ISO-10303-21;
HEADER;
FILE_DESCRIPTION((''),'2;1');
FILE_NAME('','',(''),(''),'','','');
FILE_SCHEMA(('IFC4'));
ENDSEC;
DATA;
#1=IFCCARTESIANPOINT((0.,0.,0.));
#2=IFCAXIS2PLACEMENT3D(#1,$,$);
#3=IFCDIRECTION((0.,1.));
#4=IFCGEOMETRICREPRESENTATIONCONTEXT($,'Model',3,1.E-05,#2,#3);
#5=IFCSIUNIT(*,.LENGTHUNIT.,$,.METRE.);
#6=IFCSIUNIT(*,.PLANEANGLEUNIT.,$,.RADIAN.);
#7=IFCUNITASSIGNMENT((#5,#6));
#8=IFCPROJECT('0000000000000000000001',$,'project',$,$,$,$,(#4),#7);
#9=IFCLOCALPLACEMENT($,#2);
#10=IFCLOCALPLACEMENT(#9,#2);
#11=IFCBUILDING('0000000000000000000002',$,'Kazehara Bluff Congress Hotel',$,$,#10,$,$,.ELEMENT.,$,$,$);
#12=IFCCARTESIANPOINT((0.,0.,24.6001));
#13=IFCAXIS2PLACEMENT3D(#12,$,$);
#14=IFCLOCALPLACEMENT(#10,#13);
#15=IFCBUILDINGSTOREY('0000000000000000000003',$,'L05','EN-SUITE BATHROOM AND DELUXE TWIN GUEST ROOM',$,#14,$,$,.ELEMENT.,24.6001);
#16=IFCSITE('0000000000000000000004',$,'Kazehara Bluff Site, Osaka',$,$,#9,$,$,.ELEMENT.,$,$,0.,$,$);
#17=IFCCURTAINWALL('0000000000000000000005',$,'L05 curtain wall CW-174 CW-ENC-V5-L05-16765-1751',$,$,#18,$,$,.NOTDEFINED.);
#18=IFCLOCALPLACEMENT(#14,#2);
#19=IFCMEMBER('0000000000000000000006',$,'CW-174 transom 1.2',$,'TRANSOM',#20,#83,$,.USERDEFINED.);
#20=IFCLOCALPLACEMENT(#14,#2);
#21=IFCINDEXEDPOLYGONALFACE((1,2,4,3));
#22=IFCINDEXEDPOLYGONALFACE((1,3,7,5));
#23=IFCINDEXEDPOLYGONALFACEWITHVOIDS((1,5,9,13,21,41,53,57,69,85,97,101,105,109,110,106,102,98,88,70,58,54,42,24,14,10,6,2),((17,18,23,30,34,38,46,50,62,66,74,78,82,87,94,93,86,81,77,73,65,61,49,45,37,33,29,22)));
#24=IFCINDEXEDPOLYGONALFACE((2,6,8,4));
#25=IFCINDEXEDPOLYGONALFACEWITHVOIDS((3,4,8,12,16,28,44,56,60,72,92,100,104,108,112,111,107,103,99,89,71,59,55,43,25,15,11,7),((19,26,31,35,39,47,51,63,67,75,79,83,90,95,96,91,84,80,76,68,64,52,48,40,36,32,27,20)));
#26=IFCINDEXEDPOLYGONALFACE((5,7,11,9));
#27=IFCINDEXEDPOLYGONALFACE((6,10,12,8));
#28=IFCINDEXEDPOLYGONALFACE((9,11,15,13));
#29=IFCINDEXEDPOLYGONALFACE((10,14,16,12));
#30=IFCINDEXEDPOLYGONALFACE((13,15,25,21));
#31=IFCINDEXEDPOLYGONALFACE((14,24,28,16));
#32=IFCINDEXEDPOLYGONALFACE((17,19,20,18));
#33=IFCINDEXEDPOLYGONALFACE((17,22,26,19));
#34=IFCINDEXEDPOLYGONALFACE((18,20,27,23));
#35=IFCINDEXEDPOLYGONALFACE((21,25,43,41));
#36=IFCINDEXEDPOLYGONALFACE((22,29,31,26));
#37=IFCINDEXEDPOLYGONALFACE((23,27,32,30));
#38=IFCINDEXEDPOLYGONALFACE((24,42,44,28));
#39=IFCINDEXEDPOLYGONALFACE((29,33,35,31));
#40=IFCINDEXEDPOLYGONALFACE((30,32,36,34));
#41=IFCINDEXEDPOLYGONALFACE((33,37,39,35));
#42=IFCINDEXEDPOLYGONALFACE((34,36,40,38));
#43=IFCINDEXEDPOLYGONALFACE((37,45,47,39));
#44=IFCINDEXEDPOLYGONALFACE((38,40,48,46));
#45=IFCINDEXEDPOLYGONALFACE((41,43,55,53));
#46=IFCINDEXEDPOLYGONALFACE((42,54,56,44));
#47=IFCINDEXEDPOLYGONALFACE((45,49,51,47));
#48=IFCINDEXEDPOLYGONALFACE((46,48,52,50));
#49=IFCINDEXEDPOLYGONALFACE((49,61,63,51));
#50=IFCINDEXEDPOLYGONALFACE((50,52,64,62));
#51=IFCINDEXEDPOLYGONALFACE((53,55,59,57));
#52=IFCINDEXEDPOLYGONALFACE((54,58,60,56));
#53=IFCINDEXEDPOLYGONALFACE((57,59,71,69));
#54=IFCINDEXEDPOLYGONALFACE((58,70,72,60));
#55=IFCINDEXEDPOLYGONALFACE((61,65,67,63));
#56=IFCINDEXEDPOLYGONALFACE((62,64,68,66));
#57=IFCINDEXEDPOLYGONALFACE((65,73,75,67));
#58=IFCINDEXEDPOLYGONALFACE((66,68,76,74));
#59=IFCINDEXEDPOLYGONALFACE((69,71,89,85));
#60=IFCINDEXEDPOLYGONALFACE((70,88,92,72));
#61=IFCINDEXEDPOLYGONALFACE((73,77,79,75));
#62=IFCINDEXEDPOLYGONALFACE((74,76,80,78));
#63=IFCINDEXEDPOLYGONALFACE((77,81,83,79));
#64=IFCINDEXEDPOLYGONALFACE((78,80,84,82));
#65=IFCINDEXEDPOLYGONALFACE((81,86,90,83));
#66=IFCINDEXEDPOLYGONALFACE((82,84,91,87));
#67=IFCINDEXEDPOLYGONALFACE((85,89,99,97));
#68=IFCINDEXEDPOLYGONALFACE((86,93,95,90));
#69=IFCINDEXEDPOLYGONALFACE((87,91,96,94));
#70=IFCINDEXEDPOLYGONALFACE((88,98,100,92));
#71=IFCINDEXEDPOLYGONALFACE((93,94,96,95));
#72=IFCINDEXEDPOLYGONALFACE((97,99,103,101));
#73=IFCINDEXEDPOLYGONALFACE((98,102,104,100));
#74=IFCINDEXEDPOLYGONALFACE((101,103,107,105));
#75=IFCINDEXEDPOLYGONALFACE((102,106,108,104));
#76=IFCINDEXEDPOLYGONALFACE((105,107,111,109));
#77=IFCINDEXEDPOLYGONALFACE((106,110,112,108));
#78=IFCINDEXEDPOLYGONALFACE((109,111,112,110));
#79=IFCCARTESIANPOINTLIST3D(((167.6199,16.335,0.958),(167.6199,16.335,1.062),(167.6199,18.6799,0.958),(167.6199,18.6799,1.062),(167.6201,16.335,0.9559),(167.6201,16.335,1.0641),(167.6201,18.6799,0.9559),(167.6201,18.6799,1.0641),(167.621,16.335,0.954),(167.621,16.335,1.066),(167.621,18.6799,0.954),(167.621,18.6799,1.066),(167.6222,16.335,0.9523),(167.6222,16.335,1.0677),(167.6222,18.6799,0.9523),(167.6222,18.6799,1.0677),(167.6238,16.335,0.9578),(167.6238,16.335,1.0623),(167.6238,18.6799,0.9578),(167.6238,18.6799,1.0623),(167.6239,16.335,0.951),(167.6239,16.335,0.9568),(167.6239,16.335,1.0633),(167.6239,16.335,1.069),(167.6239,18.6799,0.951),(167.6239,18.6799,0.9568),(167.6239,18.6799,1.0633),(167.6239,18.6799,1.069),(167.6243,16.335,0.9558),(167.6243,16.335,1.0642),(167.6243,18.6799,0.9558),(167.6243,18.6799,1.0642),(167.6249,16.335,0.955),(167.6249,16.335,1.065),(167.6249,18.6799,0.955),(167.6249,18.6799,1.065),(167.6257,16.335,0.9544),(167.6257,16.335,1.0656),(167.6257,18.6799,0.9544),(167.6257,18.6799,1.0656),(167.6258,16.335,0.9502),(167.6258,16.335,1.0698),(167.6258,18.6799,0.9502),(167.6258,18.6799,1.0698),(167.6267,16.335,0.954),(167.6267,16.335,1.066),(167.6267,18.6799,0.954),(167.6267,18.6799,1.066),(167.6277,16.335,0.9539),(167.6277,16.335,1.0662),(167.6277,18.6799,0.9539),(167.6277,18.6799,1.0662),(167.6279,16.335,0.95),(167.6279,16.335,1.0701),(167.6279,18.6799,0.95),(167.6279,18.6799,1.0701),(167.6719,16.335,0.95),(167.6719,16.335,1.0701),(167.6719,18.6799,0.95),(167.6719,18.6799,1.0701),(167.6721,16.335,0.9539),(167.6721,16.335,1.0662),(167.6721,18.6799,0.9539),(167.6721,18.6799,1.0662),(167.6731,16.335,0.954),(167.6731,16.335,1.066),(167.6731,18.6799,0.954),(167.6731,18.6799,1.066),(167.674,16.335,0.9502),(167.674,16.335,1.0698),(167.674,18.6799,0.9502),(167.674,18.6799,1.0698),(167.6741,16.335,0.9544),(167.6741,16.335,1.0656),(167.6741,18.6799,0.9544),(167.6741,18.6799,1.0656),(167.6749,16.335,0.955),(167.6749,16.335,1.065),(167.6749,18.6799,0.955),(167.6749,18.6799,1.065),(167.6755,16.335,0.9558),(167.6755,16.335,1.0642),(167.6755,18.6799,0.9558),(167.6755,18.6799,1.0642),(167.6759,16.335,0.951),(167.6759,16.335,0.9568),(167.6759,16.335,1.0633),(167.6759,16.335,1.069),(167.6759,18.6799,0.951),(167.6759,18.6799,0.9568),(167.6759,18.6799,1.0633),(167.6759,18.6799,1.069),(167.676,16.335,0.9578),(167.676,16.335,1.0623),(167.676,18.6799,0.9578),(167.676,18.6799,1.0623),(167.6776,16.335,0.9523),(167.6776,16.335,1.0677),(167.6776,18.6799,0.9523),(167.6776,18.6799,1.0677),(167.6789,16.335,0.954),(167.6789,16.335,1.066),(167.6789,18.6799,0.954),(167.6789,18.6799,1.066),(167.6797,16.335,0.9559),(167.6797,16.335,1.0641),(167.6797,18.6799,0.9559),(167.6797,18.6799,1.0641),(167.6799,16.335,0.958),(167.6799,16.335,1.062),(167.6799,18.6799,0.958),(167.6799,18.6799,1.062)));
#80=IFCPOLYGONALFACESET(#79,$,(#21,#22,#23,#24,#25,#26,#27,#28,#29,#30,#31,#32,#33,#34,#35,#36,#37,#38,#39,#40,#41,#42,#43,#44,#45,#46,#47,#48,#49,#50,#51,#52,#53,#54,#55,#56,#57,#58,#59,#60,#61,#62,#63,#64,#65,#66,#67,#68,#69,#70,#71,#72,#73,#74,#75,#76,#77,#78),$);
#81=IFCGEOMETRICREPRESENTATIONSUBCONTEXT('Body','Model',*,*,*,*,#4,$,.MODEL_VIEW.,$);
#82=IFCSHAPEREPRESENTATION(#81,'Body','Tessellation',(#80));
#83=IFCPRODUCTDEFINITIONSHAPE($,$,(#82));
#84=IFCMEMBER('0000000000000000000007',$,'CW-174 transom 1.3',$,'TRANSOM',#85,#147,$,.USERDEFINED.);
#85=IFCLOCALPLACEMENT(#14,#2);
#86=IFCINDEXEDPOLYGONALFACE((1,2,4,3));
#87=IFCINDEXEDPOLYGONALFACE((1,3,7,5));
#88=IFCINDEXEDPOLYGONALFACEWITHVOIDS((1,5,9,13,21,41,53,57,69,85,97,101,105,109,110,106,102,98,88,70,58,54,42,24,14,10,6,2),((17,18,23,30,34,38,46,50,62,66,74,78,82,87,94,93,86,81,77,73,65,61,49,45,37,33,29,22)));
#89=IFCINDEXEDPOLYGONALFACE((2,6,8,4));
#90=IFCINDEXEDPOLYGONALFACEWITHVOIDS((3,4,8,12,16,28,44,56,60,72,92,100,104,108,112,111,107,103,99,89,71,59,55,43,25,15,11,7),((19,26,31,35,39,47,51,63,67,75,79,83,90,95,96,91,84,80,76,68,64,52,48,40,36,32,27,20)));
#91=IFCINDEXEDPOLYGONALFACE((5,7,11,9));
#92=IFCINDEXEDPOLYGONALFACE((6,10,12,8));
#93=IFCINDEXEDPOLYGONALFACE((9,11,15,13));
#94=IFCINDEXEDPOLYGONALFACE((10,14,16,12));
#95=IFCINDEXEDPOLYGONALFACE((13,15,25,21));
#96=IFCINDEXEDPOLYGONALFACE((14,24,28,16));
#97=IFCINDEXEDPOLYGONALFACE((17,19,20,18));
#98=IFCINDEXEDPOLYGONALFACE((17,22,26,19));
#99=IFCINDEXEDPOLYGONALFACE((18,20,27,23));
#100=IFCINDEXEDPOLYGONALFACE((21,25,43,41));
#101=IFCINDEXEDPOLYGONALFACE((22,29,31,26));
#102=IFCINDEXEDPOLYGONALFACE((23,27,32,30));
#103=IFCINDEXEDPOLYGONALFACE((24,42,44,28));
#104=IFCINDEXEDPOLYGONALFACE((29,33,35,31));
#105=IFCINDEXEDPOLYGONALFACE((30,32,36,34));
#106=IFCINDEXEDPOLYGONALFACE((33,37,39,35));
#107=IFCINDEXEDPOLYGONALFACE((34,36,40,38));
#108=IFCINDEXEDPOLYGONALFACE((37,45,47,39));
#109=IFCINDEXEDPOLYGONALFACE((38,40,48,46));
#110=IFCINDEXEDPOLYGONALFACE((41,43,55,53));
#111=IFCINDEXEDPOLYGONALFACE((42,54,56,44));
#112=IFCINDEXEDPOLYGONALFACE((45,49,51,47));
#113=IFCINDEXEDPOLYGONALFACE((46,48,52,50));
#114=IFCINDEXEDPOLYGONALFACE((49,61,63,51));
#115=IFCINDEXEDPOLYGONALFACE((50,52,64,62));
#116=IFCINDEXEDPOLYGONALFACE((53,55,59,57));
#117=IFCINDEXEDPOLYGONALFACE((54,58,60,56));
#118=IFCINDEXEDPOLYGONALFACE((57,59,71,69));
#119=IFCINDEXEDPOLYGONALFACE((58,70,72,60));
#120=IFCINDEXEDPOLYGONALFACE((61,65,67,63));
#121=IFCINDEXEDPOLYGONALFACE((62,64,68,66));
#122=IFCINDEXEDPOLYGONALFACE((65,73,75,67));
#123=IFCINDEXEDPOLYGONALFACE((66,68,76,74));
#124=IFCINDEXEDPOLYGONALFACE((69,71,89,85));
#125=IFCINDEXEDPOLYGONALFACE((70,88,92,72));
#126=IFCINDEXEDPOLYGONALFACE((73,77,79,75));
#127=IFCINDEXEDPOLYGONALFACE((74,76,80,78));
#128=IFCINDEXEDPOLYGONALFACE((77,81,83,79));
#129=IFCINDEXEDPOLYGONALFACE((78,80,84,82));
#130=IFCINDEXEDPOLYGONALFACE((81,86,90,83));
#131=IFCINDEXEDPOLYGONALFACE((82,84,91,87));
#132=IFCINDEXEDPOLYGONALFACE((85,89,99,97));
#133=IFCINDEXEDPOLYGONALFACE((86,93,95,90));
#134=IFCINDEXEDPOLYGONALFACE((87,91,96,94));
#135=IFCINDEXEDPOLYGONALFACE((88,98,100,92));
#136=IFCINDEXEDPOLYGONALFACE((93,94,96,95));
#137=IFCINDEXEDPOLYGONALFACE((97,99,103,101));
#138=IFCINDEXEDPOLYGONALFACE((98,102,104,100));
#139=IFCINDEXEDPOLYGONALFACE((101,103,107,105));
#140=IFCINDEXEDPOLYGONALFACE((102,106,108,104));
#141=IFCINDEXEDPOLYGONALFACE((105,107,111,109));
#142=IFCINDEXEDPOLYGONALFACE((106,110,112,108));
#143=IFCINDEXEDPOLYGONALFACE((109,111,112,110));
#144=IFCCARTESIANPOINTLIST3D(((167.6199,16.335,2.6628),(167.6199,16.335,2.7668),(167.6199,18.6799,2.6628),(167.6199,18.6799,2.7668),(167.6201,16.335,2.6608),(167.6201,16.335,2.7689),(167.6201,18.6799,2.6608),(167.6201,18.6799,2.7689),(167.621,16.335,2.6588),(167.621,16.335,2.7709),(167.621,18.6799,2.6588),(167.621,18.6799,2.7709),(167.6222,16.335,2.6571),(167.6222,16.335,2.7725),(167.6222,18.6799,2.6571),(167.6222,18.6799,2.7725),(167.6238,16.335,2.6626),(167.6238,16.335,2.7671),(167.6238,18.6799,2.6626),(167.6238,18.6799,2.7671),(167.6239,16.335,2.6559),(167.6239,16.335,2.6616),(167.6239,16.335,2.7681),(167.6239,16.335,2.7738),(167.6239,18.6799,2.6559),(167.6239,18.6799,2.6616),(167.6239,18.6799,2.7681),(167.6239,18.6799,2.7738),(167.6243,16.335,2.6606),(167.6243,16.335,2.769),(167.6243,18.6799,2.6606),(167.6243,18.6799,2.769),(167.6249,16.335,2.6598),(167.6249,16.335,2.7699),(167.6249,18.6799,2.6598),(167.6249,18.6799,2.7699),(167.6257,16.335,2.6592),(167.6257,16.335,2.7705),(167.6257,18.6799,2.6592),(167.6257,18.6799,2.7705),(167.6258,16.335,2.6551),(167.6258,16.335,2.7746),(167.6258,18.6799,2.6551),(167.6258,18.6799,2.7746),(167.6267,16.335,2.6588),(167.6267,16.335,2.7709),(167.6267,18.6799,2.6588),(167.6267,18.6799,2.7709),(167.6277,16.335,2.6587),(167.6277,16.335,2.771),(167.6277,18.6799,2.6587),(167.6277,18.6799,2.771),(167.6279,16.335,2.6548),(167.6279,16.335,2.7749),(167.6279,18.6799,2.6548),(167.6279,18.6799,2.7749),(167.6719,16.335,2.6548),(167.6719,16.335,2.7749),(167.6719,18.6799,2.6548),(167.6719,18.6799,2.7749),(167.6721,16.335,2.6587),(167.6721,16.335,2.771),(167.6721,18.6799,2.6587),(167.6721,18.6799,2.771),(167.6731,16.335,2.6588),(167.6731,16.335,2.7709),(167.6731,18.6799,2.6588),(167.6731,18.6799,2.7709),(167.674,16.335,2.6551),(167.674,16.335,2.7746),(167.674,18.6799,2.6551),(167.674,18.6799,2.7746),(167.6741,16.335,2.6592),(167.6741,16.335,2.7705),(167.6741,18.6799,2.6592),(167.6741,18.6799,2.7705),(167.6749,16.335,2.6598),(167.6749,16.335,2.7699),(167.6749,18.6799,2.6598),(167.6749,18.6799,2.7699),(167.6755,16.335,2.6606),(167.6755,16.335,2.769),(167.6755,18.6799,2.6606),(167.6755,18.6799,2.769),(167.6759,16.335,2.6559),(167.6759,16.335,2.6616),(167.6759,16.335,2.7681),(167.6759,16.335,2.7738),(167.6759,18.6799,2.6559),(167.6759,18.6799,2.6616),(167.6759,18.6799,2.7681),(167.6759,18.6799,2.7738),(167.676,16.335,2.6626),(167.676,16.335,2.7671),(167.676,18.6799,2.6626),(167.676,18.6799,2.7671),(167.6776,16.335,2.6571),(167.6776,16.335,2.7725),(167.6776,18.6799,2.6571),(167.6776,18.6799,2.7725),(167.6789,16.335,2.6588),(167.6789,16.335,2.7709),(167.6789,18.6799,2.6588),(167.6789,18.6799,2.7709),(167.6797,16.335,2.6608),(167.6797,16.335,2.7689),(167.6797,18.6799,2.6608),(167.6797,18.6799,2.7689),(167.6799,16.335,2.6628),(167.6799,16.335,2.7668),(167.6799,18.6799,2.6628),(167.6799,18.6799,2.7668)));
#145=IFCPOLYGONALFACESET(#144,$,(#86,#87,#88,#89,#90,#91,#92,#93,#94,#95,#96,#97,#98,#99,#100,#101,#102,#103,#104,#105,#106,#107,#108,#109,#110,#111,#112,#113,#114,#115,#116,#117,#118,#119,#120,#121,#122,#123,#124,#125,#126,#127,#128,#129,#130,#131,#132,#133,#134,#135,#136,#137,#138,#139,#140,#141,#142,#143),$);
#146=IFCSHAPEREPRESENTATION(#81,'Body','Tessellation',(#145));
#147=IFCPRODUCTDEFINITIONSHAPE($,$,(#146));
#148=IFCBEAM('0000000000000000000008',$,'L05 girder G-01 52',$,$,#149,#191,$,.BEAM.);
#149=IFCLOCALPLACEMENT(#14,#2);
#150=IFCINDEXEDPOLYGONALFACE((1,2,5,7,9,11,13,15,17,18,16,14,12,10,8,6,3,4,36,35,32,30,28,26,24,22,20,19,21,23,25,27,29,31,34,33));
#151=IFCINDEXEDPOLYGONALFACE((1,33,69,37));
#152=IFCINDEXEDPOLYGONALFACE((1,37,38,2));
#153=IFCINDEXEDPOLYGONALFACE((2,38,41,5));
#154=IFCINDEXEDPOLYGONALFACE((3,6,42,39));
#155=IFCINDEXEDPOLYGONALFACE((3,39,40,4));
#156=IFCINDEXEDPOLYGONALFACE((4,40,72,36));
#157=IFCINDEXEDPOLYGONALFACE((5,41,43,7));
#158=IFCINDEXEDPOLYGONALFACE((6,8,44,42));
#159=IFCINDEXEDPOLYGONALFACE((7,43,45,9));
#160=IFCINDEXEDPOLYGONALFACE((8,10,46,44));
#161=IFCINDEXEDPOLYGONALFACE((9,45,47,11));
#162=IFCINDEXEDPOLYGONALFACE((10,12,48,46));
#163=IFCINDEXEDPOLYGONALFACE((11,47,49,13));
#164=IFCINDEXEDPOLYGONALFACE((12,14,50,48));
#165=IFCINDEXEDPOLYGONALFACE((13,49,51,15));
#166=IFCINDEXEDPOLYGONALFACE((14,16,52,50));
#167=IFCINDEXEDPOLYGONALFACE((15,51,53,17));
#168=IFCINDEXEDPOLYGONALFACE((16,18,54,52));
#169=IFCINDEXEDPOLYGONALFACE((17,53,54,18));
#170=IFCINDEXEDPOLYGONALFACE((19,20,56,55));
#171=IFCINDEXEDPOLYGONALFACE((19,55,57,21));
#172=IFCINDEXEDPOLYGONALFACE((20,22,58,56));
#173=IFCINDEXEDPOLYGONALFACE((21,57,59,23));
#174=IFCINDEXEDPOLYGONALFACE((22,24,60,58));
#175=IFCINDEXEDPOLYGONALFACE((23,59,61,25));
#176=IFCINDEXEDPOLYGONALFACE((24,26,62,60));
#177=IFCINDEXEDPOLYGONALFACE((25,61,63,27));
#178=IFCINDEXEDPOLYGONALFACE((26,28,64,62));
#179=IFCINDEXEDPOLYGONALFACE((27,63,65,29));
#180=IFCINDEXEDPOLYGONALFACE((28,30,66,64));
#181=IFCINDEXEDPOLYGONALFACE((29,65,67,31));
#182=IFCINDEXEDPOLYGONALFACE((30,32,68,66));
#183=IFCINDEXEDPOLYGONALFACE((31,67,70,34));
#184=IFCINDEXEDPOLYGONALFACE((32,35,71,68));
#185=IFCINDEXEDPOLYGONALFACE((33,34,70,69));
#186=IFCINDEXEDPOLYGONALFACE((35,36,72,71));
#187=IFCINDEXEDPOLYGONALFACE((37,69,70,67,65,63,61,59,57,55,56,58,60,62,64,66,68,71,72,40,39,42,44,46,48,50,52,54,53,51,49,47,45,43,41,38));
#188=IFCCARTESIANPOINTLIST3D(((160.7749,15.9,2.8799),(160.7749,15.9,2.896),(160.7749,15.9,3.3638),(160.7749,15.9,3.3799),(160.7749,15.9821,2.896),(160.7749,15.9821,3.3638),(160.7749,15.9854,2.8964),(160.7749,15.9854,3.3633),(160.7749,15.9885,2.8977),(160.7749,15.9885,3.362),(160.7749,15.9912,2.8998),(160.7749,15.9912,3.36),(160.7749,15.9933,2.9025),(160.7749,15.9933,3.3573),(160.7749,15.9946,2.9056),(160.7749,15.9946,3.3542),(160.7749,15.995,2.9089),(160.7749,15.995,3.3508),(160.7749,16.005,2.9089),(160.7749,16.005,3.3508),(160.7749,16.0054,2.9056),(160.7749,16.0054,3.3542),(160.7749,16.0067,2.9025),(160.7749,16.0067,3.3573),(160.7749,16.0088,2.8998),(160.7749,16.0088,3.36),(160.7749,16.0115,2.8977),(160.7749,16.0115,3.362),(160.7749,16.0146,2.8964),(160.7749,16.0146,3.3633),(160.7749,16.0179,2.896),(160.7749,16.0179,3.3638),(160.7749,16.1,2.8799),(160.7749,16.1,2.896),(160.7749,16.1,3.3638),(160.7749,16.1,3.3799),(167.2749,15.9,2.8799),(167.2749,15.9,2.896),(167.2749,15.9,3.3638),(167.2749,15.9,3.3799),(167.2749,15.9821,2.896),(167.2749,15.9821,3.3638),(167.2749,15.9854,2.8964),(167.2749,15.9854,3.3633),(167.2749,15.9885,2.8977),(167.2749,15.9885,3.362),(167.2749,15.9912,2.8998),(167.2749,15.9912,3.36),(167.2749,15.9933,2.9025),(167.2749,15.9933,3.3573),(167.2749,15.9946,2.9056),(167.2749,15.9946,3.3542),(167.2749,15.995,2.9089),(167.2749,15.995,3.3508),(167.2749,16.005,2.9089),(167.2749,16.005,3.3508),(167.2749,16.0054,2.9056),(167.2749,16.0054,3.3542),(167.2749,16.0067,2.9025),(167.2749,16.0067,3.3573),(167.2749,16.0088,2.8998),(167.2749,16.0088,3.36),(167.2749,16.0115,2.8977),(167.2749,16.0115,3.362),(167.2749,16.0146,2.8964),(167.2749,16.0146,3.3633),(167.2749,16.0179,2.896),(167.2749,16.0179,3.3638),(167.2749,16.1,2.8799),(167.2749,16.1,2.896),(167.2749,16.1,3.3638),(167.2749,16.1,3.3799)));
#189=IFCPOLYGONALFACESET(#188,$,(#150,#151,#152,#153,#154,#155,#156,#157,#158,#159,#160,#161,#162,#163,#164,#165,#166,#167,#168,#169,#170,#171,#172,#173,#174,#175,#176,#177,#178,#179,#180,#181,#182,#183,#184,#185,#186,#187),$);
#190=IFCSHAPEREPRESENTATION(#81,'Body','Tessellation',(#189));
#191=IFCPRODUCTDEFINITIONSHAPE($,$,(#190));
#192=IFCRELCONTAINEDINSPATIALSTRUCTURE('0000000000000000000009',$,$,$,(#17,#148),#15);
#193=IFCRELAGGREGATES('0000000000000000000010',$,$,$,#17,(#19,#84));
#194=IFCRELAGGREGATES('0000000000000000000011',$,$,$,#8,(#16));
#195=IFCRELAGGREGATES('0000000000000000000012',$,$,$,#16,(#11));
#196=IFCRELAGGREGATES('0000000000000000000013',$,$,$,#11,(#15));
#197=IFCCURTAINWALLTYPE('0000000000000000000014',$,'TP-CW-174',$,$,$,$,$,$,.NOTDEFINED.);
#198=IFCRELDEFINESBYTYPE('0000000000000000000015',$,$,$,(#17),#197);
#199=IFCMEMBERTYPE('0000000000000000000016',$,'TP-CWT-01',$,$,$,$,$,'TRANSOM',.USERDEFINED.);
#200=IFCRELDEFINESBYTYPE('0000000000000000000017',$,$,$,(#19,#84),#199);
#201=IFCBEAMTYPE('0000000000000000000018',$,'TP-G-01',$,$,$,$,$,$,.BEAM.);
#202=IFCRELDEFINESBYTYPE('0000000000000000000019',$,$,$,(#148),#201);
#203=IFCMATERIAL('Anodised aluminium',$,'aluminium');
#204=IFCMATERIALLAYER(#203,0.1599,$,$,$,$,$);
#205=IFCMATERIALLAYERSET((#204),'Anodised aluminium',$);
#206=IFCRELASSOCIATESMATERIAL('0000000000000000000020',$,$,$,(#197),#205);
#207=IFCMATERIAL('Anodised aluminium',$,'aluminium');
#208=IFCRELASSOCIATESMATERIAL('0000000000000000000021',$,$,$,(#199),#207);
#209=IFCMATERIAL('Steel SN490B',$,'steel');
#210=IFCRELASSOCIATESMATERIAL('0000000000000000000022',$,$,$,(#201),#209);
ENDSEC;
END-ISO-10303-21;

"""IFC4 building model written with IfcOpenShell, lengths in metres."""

from ifc_helpers import new_model, si_unit, direction, frame, origin, origin_2d, place, context, subcontext, project, spatial, hollow_rectangle, i_section, extrude, material, layer, layer_set, material_profile, profile_set, type_object, element, aggregate, save


model = new_model("IFC4")

# Units and contexts
model_context = context("Model", 3, precision=1e-05, world=origin(), true_north=direction((0.0, 1.0)))
body_context = subcontext(model_context, "Body", "Model", "MODEL_VIEW")
ifc_project = project(units=[si_unit("LENGTHUNIT", "METRE"), si_unit("PLANEANGLEUNIT", "RADIAN")], contexts=[model_context])

# Site, building, storey
site_placement = place(None, origin())
site = spatial("IfcSite", under=ifc_project, at=site_placement, Name="Kazehara Bluff Site, Osaka", CompositionType="ELEMENT", RefElevation=0.0)
building_placement = place(site_placement, origin())
building = spatial("IfcBuilding", under=site, at=building_placement, Name="Kazehara Bluff Congress Hotel", CompositionType="ELEMENT")
storey_placement = place(building_placement, frame((0.0, 0.0, 24.6001)))
storey = spatial("IfcBuildingStorey", under=building, at=storey_placement, Name="L05", Description="EN-SUITE BATHROOM AND DELUXE TWIN GUEST ROOM", CompositionType="ELEMENT", Elevation=24.6001)

# Curtain wall, members
ifc_material_1 = material(Name="Anodised aluminium", Category="aluminium")
ifc_layer_1 = layer(ifc_material_1, 0.1599)
ifc_layer_set_1 = layer_set([ifc_layer_1], Name="Anodised aluminium")
curtain_wall_type = type_object("IfcCurtainWallType", Name="TP-CW-174", PredefinedType="NOTDEFINED", material=ifc_layer_set_1)
curtain_wall_placement = place(storey_placement, origin())
curtain_wall = element("IfcCurtainWall", 1, at=curtain_wall_placement, inside=storey, type_object=curtain_wall_type, Name="L05 curtain wall CW-174 CW-ENC-V5-L05-16765-1751", PredefinedType="NOTDEFINED")
ifc_material_2 = material(Name="Anodised aluminium", Category="aluminium")
ifc_material_profile_1 = material_profile(ifc_material_2, hollow_rectangle(XDim=0.0601, YDim=0.1201, WallThickness=0.0039, InnerFilletRadius=0.0039, OuterFilletRadius=0.0081, at=origin_2d()))
ifc_profile_set_1 = profile_set([ifc_material_profile_1], Name="Anodised aluminium")
member_type_1 = type_object("IfcMemberType", Name="TP-CWT-01", ElementType="TRANSOM", PredefinedType="USERDEFINED", material=ifc_profile_set_1)
member_1_placement = place(storey_placement, frame((167.6499, 18.6799, 1.01), z_axis=(0.0, -1.0, 0.0), x_axis=(1.0, 0.0, 0.0)))
member_1 = element("IfcMember", 2, at=member_1_placement, type_object=member_type_1, Name="CW-174 transom 1.2", ObjectType="TRANSOM", PredefinedType="USERDEFINED", context=body_context, shape_type="SweptSolid", body=[
    extrude(hollow_rectangle(XDim=0.0601, YDim=0.1201, WallThickness=0.0039, InnerFilletRadius=0.0039, OuterFilletRadius=0.0081, at=origin_2d()), origin(), (0.0, 0.0, 1.0), 2.345),
])
member_2_placement = place(storey_placement, frame((167.6499, 18.6799, 2.7148), z_axis=(0.0, -1.0, 0.0), x_axis=(1.0, 0.0, 0.0)))
member_2 = element("IfcMember", 3, at=member_2_placement, type_object=member_type_1, Name="CW-174 transom 1.3", ObjectType="TRANSOM", PredefinedType="USERDEFINED", context=body_context, shape_type="SweptSolid", body=[
    extrude(hollow_rectangle(XDim=0.0601, YDim=0.1201, WallThickness=0.0039, InnerFilletRadius=0.0039, OuterFilletRadius=0.0081, at=origin_2d()), origin(), (0.0, 0.0, 1.0), 2.345),
])

# Beam
ifc_material_3 = material(Name="Steel SN490B", Category="steel")
ifc_material_profile_2 = material_profile(ifc_material_3, i_section(OverallWidth=0.2, OverallDepth=0.5, WebThickness=0.01, FlangeThickness=0.0161, FilletRadius=0.0129, at=origin_2d()))
ifc_profile_set_2 = profile_set([ifc_material_profile_2], Name="Steel SN490B")
beam_type_1 = type_object("IfcBeamType", Name="TP-G-01", PredefinedType="BEAM", material=ifc_profile_set_2)
beam_1_placement = place(storey_placement, frame((160.7749, 16.0, 3.1299), z_axis=(1.0, 0.0, 0.0), x_axis=(0.0, 1.0, 0.0)))
element("IfcBeam", 4, at=beam_1_placement, inside=storey, type_object=beam_type_1, Name="L05 girder G-01 52", PredefinedType="BEAM", context=body_context, shape_type="SweptSolid", body=[
    extrude(i_section(OverallWidth=0.2, OverallDepth=0.5, WebThickness=0.01, FlangeThickness=0.0161, FilletRadius=0.0129, at=origin_2d()), origin(), (0.0, 0.0, 1.0), 6.5),
])

aggregate(curtain_wall, [member_1, member_2])

save(model, "model.ifc")
